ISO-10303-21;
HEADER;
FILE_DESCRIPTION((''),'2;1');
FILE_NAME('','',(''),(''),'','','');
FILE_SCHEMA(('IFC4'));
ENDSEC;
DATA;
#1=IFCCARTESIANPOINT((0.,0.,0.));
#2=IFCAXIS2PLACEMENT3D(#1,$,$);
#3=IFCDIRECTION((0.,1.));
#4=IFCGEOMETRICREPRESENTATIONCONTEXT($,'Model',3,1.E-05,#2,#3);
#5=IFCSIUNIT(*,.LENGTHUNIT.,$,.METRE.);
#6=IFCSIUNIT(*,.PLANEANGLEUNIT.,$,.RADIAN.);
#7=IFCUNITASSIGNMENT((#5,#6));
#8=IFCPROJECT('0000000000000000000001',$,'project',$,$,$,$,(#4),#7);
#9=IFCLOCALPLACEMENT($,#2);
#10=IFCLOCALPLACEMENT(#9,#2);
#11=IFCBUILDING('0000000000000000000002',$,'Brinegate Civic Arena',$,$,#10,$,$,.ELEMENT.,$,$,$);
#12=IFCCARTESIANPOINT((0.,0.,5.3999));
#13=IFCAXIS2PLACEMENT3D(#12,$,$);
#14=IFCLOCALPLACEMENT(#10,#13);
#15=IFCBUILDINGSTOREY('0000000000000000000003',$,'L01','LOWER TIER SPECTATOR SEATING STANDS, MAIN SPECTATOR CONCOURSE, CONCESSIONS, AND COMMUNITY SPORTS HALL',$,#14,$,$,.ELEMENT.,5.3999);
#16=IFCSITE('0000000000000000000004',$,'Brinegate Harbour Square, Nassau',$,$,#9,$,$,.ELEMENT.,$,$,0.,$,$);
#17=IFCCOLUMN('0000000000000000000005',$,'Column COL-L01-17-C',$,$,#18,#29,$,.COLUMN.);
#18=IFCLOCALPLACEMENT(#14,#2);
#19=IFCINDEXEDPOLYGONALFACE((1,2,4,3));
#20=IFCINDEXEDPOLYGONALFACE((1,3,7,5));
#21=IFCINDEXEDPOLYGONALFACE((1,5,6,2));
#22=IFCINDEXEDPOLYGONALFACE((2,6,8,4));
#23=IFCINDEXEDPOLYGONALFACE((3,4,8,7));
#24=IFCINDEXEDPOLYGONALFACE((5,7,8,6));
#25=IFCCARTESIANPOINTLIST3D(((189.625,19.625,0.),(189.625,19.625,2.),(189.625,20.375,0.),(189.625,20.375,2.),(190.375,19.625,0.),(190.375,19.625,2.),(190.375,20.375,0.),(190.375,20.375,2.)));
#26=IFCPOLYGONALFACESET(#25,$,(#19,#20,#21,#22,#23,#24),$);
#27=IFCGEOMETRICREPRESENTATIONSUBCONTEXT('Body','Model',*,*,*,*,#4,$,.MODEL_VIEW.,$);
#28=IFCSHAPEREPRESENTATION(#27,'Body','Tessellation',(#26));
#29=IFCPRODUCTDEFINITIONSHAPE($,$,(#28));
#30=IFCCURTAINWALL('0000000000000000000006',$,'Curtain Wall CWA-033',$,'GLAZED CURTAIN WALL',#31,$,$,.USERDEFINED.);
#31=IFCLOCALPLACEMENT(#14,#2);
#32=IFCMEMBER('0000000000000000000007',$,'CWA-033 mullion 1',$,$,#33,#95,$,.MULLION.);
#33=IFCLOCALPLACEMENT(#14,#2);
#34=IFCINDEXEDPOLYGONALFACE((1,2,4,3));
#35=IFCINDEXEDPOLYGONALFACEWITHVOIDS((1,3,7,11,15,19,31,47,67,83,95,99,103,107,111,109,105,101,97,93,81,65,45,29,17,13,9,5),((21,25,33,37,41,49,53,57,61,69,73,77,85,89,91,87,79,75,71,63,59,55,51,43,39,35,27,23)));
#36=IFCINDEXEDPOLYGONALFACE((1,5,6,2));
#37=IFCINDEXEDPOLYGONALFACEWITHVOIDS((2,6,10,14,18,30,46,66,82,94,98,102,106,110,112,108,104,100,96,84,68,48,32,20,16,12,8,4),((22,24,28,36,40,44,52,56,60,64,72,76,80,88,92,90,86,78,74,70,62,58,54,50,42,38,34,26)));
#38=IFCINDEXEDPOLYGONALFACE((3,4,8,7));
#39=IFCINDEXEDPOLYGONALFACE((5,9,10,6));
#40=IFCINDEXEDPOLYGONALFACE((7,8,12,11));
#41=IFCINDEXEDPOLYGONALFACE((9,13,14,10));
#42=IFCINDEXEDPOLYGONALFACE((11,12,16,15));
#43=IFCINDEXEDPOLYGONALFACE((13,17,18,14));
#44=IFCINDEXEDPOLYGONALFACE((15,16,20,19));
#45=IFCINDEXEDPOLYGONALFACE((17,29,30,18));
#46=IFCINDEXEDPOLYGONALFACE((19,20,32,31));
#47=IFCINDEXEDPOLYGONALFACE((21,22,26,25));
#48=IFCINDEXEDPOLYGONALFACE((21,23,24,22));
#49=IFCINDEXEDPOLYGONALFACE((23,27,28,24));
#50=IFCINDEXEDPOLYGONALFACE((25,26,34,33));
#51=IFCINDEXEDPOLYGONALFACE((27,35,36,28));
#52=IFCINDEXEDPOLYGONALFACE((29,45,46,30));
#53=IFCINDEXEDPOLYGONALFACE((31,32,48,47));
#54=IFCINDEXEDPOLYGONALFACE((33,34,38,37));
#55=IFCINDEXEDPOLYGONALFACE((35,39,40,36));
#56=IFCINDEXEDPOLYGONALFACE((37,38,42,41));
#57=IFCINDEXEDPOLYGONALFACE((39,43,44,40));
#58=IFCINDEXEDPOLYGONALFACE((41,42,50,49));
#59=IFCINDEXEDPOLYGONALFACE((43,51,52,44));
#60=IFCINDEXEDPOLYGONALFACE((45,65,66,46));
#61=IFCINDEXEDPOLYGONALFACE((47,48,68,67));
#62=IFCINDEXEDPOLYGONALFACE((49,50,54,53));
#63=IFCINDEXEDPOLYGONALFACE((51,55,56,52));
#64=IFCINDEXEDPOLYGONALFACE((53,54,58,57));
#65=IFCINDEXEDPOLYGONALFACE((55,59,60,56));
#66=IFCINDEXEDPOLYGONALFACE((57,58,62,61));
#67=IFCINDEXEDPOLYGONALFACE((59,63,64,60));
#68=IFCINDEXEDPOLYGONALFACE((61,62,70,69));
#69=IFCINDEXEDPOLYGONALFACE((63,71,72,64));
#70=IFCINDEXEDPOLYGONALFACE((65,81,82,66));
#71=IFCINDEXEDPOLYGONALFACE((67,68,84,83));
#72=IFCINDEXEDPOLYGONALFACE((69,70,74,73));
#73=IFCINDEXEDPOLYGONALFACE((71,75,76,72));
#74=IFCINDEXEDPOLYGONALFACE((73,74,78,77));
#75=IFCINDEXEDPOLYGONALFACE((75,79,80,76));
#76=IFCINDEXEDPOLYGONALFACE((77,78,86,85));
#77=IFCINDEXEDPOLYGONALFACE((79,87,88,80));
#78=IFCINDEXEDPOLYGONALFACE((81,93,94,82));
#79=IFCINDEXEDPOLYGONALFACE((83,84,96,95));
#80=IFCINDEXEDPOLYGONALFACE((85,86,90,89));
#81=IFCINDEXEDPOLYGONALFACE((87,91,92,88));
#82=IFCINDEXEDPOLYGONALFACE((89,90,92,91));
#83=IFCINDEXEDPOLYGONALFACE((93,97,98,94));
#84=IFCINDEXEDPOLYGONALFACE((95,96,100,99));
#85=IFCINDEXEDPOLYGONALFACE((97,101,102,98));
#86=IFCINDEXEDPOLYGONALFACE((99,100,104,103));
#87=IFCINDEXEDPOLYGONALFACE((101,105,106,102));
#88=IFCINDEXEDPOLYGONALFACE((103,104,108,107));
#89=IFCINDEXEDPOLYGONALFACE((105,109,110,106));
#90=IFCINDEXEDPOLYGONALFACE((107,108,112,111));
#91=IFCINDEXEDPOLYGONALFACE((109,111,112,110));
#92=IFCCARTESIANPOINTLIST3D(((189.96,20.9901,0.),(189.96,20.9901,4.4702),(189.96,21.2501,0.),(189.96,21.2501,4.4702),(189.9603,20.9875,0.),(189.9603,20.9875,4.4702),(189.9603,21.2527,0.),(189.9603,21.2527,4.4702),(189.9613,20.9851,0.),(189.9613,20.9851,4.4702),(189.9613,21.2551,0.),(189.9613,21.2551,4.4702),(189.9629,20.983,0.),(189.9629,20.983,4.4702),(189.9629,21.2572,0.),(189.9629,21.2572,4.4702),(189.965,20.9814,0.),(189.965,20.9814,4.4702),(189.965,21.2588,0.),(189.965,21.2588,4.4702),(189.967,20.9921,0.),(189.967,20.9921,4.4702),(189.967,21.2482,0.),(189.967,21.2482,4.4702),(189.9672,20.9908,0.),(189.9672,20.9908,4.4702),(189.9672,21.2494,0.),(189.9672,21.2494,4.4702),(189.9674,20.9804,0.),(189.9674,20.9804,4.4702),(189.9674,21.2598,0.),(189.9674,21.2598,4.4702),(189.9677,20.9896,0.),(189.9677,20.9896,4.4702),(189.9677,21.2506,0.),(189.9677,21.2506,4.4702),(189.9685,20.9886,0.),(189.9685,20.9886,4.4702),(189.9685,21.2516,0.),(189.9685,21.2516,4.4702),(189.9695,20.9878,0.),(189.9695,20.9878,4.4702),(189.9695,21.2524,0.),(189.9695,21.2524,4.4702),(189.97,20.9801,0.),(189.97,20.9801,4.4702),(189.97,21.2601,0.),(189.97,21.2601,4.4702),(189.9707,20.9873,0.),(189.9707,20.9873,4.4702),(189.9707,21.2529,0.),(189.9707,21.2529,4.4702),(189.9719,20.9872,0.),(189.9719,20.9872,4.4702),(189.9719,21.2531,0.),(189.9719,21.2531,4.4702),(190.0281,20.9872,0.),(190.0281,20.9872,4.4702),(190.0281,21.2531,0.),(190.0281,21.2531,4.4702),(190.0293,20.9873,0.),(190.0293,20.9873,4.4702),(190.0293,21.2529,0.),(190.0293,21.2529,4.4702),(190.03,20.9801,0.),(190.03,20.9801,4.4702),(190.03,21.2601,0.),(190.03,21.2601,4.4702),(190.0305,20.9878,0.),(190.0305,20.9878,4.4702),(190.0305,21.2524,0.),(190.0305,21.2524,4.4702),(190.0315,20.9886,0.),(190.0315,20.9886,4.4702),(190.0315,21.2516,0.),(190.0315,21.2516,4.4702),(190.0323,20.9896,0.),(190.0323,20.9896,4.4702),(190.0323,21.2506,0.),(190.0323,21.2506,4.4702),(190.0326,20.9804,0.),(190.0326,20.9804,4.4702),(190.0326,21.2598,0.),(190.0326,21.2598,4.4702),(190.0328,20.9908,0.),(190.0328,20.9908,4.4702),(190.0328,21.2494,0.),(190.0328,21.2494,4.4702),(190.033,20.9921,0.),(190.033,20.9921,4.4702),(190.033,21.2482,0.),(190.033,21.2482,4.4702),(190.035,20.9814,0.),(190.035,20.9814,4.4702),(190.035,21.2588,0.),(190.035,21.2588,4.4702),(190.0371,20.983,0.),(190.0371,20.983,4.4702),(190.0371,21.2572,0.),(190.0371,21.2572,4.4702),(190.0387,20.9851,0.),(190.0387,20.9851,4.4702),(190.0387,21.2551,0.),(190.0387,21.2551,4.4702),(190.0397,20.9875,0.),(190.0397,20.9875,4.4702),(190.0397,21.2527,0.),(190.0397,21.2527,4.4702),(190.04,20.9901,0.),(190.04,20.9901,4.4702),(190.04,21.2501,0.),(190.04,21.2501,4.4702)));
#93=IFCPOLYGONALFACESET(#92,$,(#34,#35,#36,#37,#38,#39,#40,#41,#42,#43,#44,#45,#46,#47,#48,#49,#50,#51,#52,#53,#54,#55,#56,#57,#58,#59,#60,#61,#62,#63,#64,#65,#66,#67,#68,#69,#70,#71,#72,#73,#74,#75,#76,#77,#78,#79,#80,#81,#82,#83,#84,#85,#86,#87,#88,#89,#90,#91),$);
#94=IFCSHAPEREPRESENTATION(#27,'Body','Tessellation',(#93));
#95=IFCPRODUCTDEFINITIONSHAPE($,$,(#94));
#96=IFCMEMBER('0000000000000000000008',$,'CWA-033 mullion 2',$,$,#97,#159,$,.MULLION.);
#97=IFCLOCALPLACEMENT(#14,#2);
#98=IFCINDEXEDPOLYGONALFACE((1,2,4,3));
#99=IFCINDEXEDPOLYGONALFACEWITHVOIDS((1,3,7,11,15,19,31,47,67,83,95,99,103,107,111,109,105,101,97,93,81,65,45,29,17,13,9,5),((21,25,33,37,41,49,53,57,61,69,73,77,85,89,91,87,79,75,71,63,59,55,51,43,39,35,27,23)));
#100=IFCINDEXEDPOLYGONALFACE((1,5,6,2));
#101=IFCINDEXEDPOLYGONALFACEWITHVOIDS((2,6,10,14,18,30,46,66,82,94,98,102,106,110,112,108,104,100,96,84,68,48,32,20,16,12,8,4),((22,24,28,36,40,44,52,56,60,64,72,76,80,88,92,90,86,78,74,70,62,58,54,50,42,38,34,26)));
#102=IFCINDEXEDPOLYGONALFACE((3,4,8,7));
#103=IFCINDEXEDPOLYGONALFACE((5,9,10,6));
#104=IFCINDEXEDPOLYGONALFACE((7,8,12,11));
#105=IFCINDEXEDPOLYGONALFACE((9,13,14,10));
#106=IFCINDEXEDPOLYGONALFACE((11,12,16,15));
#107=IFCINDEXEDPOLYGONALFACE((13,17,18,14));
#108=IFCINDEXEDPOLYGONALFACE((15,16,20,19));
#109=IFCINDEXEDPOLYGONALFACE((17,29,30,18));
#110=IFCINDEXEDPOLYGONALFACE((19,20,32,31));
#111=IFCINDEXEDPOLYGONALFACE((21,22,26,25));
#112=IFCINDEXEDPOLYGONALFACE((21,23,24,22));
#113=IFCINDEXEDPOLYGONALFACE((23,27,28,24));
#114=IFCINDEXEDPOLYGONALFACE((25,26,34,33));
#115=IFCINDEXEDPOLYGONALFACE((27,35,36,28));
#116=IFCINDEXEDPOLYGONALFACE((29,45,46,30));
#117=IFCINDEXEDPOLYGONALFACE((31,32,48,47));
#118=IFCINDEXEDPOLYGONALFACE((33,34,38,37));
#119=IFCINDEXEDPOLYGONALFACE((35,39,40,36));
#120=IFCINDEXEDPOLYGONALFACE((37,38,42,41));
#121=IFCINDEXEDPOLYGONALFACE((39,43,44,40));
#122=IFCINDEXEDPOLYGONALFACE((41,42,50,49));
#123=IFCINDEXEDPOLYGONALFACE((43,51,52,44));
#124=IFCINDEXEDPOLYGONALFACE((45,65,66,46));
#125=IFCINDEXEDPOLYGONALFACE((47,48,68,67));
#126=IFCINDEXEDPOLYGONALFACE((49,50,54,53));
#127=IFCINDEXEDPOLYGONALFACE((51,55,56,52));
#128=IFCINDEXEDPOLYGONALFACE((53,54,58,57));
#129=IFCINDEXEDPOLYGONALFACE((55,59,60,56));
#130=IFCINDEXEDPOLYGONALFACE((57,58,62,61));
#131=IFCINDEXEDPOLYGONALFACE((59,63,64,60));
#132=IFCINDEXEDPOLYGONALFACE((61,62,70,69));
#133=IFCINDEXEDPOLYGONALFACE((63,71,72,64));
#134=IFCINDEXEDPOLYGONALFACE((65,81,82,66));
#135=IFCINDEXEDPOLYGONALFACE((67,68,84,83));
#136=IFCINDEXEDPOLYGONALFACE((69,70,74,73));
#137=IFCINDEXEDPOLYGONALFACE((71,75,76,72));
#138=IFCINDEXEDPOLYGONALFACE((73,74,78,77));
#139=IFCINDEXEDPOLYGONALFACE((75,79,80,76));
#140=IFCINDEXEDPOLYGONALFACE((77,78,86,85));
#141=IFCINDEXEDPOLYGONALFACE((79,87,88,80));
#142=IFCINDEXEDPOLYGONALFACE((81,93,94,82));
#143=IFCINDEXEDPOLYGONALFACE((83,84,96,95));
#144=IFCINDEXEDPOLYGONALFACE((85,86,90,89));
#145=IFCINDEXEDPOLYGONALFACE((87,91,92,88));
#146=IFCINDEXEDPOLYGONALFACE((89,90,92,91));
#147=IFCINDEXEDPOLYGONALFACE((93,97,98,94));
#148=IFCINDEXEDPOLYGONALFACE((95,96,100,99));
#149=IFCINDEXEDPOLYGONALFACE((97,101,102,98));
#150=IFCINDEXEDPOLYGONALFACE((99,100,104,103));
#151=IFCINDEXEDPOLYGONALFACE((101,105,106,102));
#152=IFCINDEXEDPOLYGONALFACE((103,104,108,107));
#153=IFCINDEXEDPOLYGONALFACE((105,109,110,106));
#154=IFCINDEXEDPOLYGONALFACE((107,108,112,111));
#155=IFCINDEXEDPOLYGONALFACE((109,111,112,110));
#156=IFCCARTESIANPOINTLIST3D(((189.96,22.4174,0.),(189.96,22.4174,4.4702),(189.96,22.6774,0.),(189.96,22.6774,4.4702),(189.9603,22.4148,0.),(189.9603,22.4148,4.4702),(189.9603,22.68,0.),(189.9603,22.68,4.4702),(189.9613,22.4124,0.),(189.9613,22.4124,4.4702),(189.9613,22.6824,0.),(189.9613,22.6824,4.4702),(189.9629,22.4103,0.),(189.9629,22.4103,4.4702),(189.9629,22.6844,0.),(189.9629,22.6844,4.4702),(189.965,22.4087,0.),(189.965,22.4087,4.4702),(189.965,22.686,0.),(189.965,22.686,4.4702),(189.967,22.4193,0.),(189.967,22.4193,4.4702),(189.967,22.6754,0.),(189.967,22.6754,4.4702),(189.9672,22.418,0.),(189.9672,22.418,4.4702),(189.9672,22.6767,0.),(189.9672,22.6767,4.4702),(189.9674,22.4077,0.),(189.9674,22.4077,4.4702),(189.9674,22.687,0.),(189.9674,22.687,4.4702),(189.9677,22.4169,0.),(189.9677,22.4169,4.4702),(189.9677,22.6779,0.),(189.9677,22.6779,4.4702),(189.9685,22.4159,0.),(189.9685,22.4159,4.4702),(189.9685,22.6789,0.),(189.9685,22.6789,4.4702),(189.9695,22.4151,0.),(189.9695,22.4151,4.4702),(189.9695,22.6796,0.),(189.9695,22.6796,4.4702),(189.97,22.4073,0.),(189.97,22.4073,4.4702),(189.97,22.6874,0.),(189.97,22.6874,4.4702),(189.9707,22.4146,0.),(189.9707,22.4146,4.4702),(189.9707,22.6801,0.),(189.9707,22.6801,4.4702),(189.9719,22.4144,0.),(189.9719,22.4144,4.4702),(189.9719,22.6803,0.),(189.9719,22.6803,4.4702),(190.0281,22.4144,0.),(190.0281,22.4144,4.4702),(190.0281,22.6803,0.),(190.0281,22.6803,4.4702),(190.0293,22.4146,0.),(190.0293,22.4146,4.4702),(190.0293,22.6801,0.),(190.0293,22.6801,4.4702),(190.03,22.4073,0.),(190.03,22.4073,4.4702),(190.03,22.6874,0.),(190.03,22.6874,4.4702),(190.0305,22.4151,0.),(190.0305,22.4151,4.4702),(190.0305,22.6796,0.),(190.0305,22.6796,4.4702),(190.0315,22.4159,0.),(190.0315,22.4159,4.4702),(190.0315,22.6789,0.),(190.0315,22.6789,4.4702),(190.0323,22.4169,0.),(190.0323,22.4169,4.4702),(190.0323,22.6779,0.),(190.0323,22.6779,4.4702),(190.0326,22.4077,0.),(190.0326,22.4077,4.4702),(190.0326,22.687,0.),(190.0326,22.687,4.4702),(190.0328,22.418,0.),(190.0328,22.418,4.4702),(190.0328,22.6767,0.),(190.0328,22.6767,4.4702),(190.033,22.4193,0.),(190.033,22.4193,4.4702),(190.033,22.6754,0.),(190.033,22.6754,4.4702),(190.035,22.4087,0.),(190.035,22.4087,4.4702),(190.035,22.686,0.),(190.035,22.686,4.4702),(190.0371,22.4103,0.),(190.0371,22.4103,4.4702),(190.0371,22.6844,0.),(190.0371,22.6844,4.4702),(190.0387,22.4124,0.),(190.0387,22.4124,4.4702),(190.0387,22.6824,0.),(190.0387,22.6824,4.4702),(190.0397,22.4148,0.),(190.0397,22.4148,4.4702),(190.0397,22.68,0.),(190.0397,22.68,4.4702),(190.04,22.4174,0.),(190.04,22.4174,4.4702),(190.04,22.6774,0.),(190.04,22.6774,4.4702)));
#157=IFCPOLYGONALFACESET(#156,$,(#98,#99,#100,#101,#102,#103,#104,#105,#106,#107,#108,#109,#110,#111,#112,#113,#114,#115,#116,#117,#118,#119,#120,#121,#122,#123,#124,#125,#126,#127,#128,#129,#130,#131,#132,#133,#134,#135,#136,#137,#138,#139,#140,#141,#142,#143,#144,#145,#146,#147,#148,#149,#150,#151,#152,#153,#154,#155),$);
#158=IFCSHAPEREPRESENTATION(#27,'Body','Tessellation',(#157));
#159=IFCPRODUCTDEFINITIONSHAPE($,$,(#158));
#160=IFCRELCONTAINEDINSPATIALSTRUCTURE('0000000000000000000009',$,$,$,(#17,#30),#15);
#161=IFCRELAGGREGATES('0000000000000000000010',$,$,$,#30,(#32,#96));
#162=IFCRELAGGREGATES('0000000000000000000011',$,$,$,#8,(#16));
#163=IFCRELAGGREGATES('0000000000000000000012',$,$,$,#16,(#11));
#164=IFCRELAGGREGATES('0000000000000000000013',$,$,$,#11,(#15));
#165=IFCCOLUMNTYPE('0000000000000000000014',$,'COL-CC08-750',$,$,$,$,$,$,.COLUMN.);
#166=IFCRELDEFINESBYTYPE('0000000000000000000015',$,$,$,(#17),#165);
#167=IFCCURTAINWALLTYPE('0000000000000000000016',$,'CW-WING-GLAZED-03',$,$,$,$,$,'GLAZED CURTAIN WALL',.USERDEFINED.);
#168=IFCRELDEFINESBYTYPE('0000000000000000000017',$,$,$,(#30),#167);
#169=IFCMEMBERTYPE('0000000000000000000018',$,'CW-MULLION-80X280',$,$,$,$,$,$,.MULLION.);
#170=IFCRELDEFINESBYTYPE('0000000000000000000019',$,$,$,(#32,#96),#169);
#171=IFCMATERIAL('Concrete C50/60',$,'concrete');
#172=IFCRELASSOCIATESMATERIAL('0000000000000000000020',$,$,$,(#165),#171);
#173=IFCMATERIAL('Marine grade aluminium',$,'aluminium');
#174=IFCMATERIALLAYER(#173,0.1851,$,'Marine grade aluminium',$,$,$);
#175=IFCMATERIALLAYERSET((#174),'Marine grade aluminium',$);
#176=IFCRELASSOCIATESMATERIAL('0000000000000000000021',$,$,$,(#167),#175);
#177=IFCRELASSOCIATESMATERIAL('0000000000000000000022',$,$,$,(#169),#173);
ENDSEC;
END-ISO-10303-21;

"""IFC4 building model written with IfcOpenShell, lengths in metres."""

from ifc_helpers import new_model, si_unit, direction, frame, origin, origin_2d, place, context, subcontext, project, spatial, rectangle, hollow_rectangle, extrude, material, layer, layer_set, material_profile, profile_set, type_object, element, aggregate, save


model = new_model("IFC4")

# Units and contexts
model_context = context("Model", 3, precision=1e-05, world=origin(), true_north=direction((0.0, 1.0)))
body_context = subcontext(model_context, "Body", "Model", "MODEL_VIEW")
ifc_project = project(units=[si_unit("LENGTHUNIT", "METRE"), si_unit("PLANEANGLEUNIT", "RADIAN")], contexts=[model_context])

# Site, building, storey
site_placement = place(None, origin())
site = spatial("IfcSite", under=ifc_project, at=site_placement, Name="Brinegate Harbour Square, Nassau", CompositionType="ELEMENT", RefElevation=0.0)
building_placement = place(site_placement, origin())
building = spatial("IfcBuilding", under=site, at=building_placement, Name="Brinegate Civic Arena", CompositionType="ELEMENT")
storey_placement = place(building_placement, frame((0.0, 0.0, 5.3999)))
storey = spatial("IfcBuildingStorey", under=building, at=storey_placement, Name="L01", Description="LOWER TIER SPECTATOR SEATING STANDS, MAIN SPECTATOR CONCOURSE, CONCESSIONS, AND COMMUNITY SPORTS HALL", CompositionType="ELEMENT", Elevation=5.3999)

# Column
ifc_material_1 = material(Name="Concrete C50/60", Category="concrete")
ifc_material_profile_1 = material_profile(ifc_material_1, rectangle(XDim=0.75, YDim=0.75, at=origin_2d()), Name="RC750X750")
ifc_profile_set_1 = profile_set([ifc_material_profile_1], Name="Concrete C50/60")
column_type = type_object("IfcColumnType", Name="COL-CC08-750", PredefinedType="COLUMN", material=ifc_profile_set_1)
column_placement = place(storey_placement, frame((190.0, 20.0, 0.0), z_axis=(0.0, 0.0, 1.0), x_axis=(1.0, 0.0, 0.0)))
element("IfcColumn", 1, at=column_placement, inside=storey, type_object=column_type, Name="Column COL-L01-17-C", PredefinedType="COLUMN", context=body_context, shape_type="SweptSolid", body=[
    extrude(rectangle(XDim=0.75, YDim=0.75, at=origin_2d()), origin(), (0.0, 0.0, 1.0), 2.0),
])

# Curtain wall, members
ifc_material_2 = material(Name="Marine grade aluminium", Category="aluminium")
ifc_layer_1 = layer(ifc_material_2, 0.1851, Name="Marine grade aluminium")
ifc_layer_set_1 = layer_set([ifc_layer_1], Name="Marine grade aluminium")
curtain_wall_type = type_object("IfcCurtainWallType", Name="CW-WING-GLAZED-03", ElementType="GLAZED CURTAIN WALL", PredefinedType="USERDEFINED", material=ifc_layer_set_1)
curtain_wall_1_placement = place(storey_placement, origin())
curtain_wall_1 = element("IfcCurtainWall", 2, at=curtain_wall_1_placement, inside=storey, type_object=curtain_wall_type, Name="Curtain Wall CWA-033", ObjectType="GLAZED CURTAIN WALL", PredefinedType="USERDEFINED")
ifc_material_profile_2 = material_profile(ifc_material_2, hollow_rectangle(XDim=0.0801, YDim=0.28, WallThickness=0.0071, InnerFilletRadius=0.0049, OuterFilletRadius=0.01, at=origin_2d()), Name="MUL80X280")
ifc_profile_set_2 = profile_set([ifc_material_profile_2], Name="Marine grade aluminium")
member_type_1 = type_object("IfcMemberType", Name="CW-MULLION-80X280", PredefinedType="MULLION", material=ifc_profile_set_2)
member_1_placement = place(storey_placement, frame((190.0, 21.1201, 0.0), z_axis=(0.0, 0.0, 1.0), x_axis=(-1.0, 0.0, 0.0)))
member_1 = element("IfcMember", 3, at=member_1_placement, type_object=member_type_1, Name="CWA-033 mullion 1", PredefinedType="MULLION", context=body_context, shape_type="SweptSolid", body=[
    extrude(hollow_rectangle(XDim=0.0801, YDim=0.28, WallThickness=0.0071, InnerFilletRadius=0.0049, OuterFilletRadius=0.01, at=origin_2d()), origin(), (0.0, 0.0, 1.0), 4.4702),
])
member_2_placement = place(storey_placement, frame((190.0, 22.5474, 0.0), z_axis=(0.0, 0.0, 1.0), x_axis=(-1.0, 0.0, 0.0)))
member_2 = element("IfcMember", 4, at=member_2_placement, type_object=member_type_1, Name="CWA-033 mullion 2", PredefinedType="MULLION", context=body_context, shape_type="SweptSolid", body=[
    extrude(hollow_rectangle(XDim=0.0801, YDim=0.28, WallThickness=0.0071, InnerFilletRadius=0.0049, OuterFilletRadius=0.01, at=origin_2d()), origin(), (0.0, 0.0, 1.0), 4.4702),
])

aggregate(curtain_wall_1, [member_1, member_2])

save(model, "model.ifc")
